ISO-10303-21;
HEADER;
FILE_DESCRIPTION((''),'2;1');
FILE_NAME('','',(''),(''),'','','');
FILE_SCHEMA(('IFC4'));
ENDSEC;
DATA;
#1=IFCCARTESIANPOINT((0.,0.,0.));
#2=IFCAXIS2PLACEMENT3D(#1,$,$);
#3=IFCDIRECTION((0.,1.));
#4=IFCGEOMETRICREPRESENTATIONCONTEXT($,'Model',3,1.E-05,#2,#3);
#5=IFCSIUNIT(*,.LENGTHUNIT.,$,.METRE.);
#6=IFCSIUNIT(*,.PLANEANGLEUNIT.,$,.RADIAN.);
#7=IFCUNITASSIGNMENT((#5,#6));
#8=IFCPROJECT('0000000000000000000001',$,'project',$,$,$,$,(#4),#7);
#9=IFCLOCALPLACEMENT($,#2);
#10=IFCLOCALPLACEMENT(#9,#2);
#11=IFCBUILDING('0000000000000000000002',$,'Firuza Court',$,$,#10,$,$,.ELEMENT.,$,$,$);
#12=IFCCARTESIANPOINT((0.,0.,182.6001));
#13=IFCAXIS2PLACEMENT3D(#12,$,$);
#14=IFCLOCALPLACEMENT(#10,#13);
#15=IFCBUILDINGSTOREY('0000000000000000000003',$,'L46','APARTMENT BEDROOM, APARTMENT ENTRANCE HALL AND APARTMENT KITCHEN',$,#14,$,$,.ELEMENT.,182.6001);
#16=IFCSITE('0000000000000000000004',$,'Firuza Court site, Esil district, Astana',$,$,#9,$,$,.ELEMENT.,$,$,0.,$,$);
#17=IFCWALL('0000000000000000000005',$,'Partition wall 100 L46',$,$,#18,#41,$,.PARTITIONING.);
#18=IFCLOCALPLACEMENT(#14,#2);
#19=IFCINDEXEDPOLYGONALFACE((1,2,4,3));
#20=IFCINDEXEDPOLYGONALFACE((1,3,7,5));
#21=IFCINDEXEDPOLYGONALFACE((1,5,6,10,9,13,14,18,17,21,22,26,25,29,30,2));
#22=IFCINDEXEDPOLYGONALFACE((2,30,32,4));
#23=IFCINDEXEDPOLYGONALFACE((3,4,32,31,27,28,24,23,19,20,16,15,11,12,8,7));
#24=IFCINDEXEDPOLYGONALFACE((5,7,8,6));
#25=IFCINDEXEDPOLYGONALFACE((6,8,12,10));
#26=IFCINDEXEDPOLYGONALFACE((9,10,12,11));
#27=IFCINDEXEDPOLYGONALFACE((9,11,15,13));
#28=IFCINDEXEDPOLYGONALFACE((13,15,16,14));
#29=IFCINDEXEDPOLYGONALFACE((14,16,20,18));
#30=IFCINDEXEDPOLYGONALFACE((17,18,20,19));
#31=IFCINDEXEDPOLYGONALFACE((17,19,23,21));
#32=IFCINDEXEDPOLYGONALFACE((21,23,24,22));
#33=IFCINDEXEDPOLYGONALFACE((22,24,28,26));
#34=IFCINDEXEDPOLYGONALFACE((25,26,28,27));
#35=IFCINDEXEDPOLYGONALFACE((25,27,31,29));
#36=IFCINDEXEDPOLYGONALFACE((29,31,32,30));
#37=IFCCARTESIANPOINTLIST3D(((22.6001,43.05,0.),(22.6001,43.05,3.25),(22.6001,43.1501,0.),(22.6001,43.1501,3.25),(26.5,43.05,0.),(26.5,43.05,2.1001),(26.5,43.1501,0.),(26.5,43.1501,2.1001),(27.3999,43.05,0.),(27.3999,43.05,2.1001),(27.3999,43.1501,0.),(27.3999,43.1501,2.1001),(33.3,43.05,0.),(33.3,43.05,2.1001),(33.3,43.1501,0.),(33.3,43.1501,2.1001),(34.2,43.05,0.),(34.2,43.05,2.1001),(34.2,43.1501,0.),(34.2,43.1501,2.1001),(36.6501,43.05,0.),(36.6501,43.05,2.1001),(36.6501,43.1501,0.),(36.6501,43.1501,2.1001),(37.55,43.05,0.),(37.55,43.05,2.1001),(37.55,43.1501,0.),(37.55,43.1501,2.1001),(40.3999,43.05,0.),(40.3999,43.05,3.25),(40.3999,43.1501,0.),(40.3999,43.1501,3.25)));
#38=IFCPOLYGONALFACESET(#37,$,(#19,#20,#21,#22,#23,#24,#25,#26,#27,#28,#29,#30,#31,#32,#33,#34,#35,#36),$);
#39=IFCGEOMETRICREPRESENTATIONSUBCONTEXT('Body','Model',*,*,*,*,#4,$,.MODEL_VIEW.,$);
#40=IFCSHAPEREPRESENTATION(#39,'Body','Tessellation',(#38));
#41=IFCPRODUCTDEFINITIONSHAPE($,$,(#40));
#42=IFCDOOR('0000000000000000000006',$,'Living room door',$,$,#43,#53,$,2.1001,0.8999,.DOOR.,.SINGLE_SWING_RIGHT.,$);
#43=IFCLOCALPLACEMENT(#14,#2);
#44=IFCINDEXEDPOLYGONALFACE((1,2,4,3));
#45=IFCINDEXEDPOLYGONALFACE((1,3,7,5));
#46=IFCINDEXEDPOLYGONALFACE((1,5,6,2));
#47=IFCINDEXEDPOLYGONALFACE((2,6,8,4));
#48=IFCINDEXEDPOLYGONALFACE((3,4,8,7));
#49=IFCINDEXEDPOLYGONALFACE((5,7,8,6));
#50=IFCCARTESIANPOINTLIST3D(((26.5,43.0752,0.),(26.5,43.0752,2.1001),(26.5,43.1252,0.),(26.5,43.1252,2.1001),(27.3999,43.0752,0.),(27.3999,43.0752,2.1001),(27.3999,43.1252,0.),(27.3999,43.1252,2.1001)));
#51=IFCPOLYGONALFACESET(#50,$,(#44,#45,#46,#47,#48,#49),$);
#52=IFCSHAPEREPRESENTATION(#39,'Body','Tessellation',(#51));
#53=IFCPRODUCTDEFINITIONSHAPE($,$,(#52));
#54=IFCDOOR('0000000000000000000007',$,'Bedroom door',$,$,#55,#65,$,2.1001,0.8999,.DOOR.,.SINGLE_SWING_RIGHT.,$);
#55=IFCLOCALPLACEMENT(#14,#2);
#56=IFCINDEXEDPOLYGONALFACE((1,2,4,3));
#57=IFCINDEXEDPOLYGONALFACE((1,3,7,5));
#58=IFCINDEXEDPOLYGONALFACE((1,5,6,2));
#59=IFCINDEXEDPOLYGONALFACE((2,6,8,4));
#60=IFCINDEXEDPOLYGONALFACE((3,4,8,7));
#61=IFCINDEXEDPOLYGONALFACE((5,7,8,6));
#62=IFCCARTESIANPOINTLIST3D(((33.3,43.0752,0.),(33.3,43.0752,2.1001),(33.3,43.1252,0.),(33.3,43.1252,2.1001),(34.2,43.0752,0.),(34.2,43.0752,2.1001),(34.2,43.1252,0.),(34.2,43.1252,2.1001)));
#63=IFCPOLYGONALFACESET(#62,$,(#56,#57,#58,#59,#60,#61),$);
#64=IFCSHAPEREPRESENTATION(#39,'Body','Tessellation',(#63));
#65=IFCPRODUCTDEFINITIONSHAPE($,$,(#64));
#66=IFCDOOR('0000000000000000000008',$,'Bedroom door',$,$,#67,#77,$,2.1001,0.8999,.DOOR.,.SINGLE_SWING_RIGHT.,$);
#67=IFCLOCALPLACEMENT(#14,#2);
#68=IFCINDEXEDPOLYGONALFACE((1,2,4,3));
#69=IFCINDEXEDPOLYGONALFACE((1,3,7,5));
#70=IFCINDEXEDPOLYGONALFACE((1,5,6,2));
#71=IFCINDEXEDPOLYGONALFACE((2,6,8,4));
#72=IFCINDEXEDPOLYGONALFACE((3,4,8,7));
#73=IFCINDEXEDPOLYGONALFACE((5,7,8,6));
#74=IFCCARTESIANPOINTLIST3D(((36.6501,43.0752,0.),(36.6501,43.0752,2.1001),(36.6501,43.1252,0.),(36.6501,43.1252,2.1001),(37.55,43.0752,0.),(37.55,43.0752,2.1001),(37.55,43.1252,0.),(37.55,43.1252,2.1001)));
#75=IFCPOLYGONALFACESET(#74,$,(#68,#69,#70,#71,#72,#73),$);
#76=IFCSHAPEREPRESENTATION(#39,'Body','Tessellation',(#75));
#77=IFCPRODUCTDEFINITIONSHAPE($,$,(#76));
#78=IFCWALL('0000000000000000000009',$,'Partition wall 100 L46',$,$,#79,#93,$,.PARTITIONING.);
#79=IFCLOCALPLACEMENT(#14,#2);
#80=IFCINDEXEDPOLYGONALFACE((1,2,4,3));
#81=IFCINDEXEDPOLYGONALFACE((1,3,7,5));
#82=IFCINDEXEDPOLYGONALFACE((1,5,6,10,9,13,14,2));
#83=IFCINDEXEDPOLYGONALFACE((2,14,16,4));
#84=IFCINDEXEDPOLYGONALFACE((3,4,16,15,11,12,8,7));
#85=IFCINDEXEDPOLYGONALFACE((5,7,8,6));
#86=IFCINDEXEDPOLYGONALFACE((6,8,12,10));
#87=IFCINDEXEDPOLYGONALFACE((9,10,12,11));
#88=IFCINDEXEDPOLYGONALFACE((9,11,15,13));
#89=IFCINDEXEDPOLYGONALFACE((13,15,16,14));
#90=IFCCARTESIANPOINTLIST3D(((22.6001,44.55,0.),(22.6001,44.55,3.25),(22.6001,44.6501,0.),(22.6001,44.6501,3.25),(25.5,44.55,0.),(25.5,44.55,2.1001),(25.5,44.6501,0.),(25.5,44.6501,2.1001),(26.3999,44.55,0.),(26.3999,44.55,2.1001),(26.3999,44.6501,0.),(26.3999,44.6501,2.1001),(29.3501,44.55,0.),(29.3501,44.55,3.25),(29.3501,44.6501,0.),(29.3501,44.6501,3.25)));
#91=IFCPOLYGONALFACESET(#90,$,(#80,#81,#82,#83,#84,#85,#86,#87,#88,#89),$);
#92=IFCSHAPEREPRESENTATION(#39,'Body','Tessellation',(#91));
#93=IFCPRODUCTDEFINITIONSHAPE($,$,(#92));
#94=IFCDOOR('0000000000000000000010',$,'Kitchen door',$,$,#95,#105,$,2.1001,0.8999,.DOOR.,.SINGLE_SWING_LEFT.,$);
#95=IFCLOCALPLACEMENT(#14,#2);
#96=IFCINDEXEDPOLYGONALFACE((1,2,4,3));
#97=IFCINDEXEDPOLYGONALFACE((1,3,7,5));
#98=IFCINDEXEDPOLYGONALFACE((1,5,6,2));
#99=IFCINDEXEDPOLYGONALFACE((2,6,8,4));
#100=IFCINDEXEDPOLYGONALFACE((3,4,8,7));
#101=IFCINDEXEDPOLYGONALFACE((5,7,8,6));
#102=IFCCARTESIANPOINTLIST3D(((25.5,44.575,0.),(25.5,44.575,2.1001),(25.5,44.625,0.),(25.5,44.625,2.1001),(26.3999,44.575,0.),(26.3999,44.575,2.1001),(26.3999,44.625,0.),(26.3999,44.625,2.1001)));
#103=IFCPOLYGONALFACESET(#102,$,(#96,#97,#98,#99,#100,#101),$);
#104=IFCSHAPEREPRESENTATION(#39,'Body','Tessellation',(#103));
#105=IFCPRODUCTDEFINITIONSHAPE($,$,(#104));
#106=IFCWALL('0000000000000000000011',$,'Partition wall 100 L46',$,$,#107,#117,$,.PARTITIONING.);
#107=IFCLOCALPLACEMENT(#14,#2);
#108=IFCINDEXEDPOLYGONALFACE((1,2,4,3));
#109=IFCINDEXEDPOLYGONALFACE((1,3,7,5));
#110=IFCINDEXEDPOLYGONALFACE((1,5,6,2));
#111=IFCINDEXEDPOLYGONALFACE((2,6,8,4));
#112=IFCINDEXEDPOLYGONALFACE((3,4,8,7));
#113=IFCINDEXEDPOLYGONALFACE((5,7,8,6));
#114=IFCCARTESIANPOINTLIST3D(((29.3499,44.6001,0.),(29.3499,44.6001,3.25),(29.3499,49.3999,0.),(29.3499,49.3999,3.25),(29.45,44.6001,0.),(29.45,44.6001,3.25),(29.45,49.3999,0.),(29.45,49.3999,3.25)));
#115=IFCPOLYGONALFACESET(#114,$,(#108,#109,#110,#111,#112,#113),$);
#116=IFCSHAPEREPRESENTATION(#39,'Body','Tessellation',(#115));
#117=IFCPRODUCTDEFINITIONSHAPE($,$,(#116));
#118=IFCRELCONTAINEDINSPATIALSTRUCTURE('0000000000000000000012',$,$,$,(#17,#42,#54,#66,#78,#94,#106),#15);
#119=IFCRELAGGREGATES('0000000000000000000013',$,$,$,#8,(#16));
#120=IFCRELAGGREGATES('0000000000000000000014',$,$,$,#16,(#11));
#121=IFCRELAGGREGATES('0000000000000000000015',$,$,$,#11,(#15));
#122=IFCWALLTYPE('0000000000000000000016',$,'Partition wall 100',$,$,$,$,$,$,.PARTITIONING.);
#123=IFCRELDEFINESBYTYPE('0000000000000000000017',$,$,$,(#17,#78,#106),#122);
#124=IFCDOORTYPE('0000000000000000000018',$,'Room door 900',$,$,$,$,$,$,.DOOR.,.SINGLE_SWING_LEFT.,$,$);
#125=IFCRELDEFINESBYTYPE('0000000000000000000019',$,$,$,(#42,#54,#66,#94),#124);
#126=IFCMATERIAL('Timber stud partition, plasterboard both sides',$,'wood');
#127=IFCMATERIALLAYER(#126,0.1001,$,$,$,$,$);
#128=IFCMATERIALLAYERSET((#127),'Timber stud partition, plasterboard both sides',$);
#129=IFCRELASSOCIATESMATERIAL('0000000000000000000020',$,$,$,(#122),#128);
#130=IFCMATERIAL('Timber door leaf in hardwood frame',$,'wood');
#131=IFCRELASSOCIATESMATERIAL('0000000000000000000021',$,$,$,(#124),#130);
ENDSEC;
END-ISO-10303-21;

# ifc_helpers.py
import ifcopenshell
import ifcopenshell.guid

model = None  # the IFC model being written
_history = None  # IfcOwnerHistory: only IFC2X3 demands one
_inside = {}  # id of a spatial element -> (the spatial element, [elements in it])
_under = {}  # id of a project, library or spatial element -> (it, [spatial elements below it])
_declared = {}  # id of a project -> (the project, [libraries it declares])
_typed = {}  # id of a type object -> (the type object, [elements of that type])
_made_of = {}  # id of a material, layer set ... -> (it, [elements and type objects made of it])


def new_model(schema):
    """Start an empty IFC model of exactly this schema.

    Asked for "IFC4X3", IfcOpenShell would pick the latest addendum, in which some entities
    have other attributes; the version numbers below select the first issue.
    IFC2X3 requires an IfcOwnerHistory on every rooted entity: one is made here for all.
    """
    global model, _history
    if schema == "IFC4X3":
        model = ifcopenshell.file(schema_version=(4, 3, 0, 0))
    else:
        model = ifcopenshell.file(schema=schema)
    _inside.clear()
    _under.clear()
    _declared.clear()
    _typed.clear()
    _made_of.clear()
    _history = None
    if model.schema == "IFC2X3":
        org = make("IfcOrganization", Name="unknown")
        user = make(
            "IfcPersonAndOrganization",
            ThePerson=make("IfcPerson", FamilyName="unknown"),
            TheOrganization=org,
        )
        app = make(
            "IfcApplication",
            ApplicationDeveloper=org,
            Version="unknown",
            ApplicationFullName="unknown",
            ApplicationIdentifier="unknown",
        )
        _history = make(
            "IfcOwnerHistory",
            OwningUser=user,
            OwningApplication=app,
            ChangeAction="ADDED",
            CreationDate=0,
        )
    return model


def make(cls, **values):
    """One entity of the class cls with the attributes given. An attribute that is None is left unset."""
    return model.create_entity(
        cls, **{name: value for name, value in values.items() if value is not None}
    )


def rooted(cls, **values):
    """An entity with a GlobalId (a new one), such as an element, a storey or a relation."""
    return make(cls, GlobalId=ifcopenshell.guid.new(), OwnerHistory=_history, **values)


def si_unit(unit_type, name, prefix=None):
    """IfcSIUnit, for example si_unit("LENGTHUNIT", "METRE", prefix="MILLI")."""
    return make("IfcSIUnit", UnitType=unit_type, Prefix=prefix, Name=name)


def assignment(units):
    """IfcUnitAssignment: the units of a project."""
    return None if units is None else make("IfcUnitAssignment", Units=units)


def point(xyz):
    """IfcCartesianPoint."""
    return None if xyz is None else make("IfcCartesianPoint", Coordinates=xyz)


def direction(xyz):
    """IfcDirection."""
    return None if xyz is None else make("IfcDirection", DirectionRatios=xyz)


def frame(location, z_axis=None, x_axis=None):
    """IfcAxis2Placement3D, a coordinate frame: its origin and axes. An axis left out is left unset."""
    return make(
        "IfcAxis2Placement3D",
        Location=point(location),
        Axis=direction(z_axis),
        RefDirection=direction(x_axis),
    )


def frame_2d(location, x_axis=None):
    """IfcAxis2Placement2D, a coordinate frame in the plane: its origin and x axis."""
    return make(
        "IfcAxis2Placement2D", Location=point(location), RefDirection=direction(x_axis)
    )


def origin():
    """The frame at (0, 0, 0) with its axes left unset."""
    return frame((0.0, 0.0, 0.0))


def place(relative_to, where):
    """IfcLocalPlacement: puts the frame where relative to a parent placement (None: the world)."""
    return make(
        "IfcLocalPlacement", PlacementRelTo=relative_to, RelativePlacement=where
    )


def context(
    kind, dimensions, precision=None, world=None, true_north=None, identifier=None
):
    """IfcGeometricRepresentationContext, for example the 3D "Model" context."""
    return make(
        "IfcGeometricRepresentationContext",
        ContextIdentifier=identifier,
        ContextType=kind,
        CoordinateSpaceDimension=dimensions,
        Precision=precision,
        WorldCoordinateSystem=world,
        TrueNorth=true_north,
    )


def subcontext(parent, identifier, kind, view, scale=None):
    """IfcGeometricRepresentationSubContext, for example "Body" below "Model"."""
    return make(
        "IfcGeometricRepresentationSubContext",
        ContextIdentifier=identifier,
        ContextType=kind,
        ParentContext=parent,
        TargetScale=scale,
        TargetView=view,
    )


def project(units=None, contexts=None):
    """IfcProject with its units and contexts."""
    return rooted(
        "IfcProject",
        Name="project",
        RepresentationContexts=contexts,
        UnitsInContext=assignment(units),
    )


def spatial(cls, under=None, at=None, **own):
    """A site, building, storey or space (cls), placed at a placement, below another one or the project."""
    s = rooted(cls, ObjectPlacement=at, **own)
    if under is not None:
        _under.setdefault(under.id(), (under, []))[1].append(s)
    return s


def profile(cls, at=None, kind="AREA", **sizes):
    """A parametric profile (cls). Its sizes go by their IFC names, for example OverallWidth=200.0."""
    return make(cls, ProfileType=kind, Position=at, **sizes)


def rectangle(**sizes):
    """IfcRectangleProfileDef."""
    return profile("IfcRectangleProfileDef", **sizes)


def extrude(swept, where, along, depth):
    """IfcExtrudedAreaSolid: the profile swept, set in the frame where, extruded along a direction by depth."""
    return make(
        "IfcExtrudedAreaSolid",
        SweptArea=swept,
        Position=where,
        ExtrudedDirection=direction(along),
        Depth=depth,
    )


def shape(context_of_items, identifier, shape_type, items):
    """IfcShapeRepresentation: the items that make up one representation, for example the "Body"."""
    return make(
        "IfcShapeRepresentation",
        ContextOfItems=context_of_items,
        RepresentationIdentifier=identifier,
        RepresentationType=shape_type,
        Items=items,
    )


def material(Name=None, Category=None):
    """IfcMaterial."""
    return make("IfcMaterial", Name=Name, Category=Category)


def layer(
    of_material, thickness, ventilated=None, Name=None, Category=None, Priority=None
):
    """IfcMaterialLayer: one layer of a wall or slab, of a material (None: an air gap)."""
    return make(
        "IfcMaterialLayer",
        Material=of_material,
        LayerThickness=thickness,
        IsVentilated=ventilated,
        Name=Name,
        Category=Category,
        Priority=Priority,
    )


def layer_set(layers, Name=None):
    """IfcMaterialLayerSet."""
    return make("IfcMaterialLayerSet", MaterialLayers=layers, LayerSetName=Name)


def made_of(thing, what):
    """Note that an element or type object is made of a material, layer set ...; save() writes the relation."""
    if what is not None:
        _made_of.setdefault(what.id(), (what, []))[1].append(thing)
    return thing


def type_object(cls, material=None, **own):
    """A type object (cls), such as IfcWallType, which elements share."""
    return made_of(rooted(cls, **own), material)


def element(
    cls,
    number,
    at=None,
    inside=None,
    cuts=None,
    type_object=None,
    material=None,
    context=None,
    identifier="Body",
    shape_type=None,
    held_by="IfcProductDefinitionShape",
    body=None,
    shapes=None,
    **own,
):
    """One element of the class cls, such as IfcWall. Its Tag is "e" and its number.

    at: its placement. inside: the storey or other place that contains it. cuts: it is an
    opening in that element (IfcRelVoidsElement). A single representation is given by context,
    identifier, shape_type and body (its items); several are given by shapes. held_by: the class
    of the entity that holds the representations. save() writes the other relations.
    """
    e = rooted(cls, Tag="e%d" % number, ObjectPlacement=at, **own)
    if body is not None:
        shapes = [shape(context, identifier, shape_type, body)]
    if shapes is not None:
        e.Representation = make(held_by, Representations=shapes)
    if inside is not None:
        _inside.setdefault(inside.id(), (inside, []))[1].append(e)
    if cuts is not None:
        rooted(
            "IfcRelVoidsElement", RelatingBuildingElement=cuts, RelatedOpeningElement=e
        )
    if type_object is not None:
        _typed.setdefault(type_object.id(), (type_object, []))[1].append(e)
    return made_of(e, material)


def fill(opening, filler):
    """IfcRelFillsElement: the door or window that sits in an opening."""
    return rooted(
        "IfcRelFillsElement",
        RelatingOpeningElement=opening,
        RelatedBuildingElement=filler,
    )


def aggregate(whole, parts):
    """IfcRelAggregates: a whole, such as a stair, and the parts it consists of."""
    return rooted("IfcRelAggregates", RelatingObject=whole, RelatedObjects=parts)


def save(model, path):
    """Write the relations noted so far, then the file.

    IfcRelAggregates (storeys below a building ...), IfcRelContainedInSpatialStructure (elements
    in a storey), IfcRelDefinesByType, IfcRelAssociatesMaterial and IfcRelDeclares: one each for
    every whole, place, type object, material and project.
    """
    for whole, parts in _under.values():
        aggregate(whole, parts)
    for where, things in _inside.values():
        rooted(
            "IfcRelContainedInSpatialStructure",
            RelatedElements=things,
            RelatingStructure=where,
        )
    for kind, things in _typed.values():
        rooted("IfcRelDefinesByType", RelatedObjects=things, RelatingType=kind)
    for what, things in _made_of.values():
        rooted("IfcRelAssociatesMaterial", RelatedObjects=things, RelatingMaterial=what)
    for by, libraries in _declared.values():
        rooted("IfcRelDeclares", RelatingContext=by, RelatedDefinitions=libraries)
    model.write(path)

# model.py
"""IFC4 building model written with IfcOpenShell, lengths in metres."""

from ifc_helpers import new_model, si_unit, direction, frame, frame_2d, origin, place, context, subcontext, project, spatial, rectangle, extrude, material, layer, layer_set, type_object, element, fill, save


model = new_model("IFC4")

# Units and contexts
model_context = context("Model", 3, precision=1e-05, world=origin(), true_north=direction((0.0, 1.0)))
body_context = subcontext(model_context, "Body", "Model", "MODEL_VIEW")
ifc_project = project(units=[si_unit("LENGTHUNIT", "METRE"), si_unit("PLANEANGLEUNIT", "RADIAN")], contexts=[model_context])

# Site, building, storey
site_placement = place(None, origin())
site = spatial("IfcSite", under=ifc_project, at=site_placement, Name="Firuza Court site, Esil district, Astana", CompositionType="ELEMENT", RefElevation=0.0)
building_placement = place(site_placement, origin())
building = spatial("IfcBuilding", under=site, at=building_placement, Name="Firuza Court", CompositionType="ELEMENT")
storey_placement = place(building_placement, frame((0.0, 0.0, 182.6001)))
storey = spatial("IfcBuildingStorey", under=building, at=storey_placement, Name="L46", Description="APARTMENT BEDROOM, APARTMENT ENTRANCE HALL AND APARTMENT KITCHEN", CompositionType="ELEMENT", Elevation=182.6001)

# Shared definitions
ifc_material_1 = material(Name="Timber stud partition, plasterboard both sides", Category="wood")
ifc_layer_1 = layer(ifc_material_1, 0.1001)
ifc_layer_set_1 = layer_set([ifc_layer_1], Name="Timber stud partition, plasterboard both sides")
wall_type_1 = type_object("IfcWallType", Name="Partition wall 100", PredefinedType="PARTITIONING", material=ifc_layer_set_1)

# Wall, openings, doors
wall_1_placement = place(storey_placement, frame((22.6001, 43.1001, 0.0), z_axis=(0.0, 0.0, 1.0), x_axis=(1.0, 0.0, 0.0)))
wall_1 = element("IfcWall", 1, at=wall_1_placement, inside=storey, type_object=wall_type_1, Name="Partition wall 100 L46", PredefinedType="PARTITIONING", context=body_context, shape_type="SweptSolid", body=[
    extrude(rectangle(XDim=17.7998, YDim=0.1001, at=frame_2d((8.8999, 0.0))), origin(), (0.0, 0.0, 1.0), 3.25),
])
opening_1_placement = place(wall_1_placement, frame((3.8999, 0.0, 0.0)))
opening_1 = element("IfcOpeningElement", 2, at=opening_1_placement, cuts=wall_1, PredefinedType="OPENING", context=body_context, shape_type="SweptSolid", body=[
    extrude(rectangle(XDim=0.8999, YDim=2.1001, at=frame_2d((0.45, 1.05))), frame((0.0, 0.062, 0.0), z_axis=(0.0, -1.0, 0.0), x_axis=(1.0, 0.0, 0.0)), (0.0, 0.0, 1.0), 0.124),
])
opening_2_placement = place(wall_1_placement, frame((10.7, 0.0, 0.0)))
opening_2 = element("IfcOpeningElement", 3, at=opening_2_placement, cuts=wall_1, PredefinedType="OPENING", context=body_context, shape_type="SweptSolid", body=[
    extrude(rectangle(XDim=0.8999, YDim=2.1001, at=frame_2d((0.45, 1.05))), frame((0.0, 0.062, 0.0), z_axis=(0.0, -1.0, 0.0), x_axis=(1.0, 0.0, 0.0)), (0.0, 0.0, 1.0), 0.124),
])
opening_3_placement = place(wall_1_placement, frame((14.05, 0.0, 0.0)))
opening_3 = element("IfcOpeningElement", 4, at=opening_3_placement, cuts=wall_1, PredefinedType="OPENING", context=body_context, shape_type="SweptSolid", body=[
    extrude(rectangle(XDim=0.8999, YDim=2.1001, at=frame_2d((0.45, 1.05))), frame((0.0, 0.062, 0.0), z_axis=(0.0, -1.0, 0.0), x_axis=(1.0, 0.0, 0.0)), (0.0, 0.0, 1.0), 0.124),
])
ifc_material_2 = material(Name="Timber door leaf in hardwood frame", Category="wood")
door_type_1 = type_object("IfcDoorType", Name="Room door 900", OperationType="SINGLE_SWING_LEFT", PredefinedType="DOOR", material=ifc_material_2)
door_1_placement = place(opening_1_placement, frame((0.8999, 0.0, 0.0), z_axis=(0.0, 0.0, 1.0), x_axis=(-1.0, 0.0, 0.0)))
door_1 = element("IfcDoor", 5, at=door_1_placement, inside=storey, type_object=door_type_1, Name="Living room door", OperationType="SINGLE_SWING_RIGHT", OverallHeight=2.1001, OverallWidth=0.8999, PredefinedType="DOOR", context=body_context, shape_type="SweptSolid", body=[
    extrude(rectangle(XDim=0.8999, YDim=2.1001, at=frame_2d((0.45, 1.05))), frame((0.0, 0.0249, 0.0), z_axis=(0.0, -1.0, 0.0), x_axis=(1.0, 0.0, 0.0)), (0.0, 0.0, 1.0), 0.05),
])
fill(opening_1, door_1)
door_2_placement = place(opening_2_placement, frame((0.8999, 0.0, 0.0), z_axis=(0.0, 0.0, 1.0), x_axis=(-1.0, 0.0, 0.0)))
door_2 = element("IfcDoor", 6, at=door_2_placement, inside=storey, type_object=door_type_1, Name="Bedroom door", OperationType="SINGLE_SWING_RIGHT", OverallHeight=2.1001, OverallWidth=0.8999, PredefinedType="DOOR", context=body_context, shape_type="SweptSolid", body=[
    extrude(rectangle(XDim=0.8999, YDim=2.1001, at=frame_2d((0.45, 1.05))), frame((0.0, 0.0249, 0.0), z_axis=(0.0, -1.0, 0.0), x_axis=(1.0, 0.0, 0.0)), (0.0, 0.0, 1.0), 0.05),
])
fill(opening_2, door_2)
door_3_placement = place(opening_3_placement, frame((0.8999, 0.0, 0.0), z_axis=(0.0, 0.0, 1.0), x_axis=(-1.0, 0.0, 0.0)))
door_3 = element("IfcDoor", 7, at=door_3_placement, inside=storey, type_object=door_type_1, Name="Bedroom door", OperationType="SINGLE_SWING_RIGHT", OverallHeight=2.1001, OverallWidth=0.8999, PredefinedType="DOOR", context=body_context, shape_type="SweptSolid", body=[
    extrude(rectangle(XDim=0.8999, YDim=2.1001, at=frame_2d((0.45, 1.05))), frame((0.0, 0.0249, 0.0), z_axis=(0.0, -1.0, 0.0), x_axis=(1.0, 0.0, 0.0)), (0.0, 0.0, 1.0), 0.05),
])
fill(opening_3, door_3)

# Wall, opening, door
wall_2_placement = place(storey_placement, frame((22.6001, 44.6001, 0.0), z_axis=(0.0, 0.0, 1.0), x_axis=(1.0, 0.0, 0.0)))
wall_2 = element("IfcWall", 8, at=wall_2_placement, inside=storey, type_object=wall_type_1, Name="Partition wall 100 L46", PredefinedType="PARTITIONING", context=body_context, shape_type="SweptSolid", body=[
    extrude(rectangle(XDim=6.75, YDim=0.1001, at=frame_2d((3.375, 0.0))), origin(), (0.0, 0.0, 1.0), 3.25),
])
opening_4_placement = place(wall_2_placement, frame((2.8999, 0.0, 0.0)))
opening_4 = element("IfcOpeningElement", 9, at=opening_4_placement, cuts=wall_2, PredefinedType="OPENING", context=body_context, shape_type="SweptSolid", body=[
    extrude(rectangle(XDim=0.8999, YDim=2.1001, at=frame_2d((0.45, 1.05))), frame((0.0, 0.062, 0.0), z_axis=(0.0, -1.0, 0.0), x_axis=(1.0, 0.0, 0.0)), (0.0, 0.0, 1.0), 0.124),
])
door_4_placement = place(opening_4_placement, origin())
door_4 = element("IfcDoor", 10, at=door_4_placement, inside=storey, type_object=door_type_1, Name="Kitchen door", OperationType="SINGLE_SWING_LEFT", OverallHeight=2.1001, OverallWidth=0.8999, PredefinedType="DOOR", context=body_context, shape_type="SweptSolid", body=[
    extrude(rectangle(XDim=0.8999, YDim=2.1001, at=frame_2d((0.45, 1.05))), frame((0.0, 0.0249, 0.0), z_axis=(0.0, -1.0, 0.0), x_axis=(1.0, 0.0, 0.0)), (0.0, 0.0, 1.0), 0.05),
])
fill(opening_4, door_4)

# Wall
wall_3_placement = place(storey_placement, frame((29.3999, 44.6001, 0.0), z_axis=(0.0, 0.0, 1.0), x_axis=(0.0, 1.0, 0.0)))
element("IfcWall", 11, at=wall_3_placement, inside=storey, type_object=wall_type_1, Name="Partition wall 100 L46", PredefinedType="PARTITIONING", context=body_context, shape_type="SweptSolid", body=[
    extrude(rectangle(XDim=4.7998, YDim=0.1001, at=frame_2d((2.3999, 0.0))), origin(), (0.0, 0.0, 1.0), 3.25),
])

save(model, "model.ifc")
